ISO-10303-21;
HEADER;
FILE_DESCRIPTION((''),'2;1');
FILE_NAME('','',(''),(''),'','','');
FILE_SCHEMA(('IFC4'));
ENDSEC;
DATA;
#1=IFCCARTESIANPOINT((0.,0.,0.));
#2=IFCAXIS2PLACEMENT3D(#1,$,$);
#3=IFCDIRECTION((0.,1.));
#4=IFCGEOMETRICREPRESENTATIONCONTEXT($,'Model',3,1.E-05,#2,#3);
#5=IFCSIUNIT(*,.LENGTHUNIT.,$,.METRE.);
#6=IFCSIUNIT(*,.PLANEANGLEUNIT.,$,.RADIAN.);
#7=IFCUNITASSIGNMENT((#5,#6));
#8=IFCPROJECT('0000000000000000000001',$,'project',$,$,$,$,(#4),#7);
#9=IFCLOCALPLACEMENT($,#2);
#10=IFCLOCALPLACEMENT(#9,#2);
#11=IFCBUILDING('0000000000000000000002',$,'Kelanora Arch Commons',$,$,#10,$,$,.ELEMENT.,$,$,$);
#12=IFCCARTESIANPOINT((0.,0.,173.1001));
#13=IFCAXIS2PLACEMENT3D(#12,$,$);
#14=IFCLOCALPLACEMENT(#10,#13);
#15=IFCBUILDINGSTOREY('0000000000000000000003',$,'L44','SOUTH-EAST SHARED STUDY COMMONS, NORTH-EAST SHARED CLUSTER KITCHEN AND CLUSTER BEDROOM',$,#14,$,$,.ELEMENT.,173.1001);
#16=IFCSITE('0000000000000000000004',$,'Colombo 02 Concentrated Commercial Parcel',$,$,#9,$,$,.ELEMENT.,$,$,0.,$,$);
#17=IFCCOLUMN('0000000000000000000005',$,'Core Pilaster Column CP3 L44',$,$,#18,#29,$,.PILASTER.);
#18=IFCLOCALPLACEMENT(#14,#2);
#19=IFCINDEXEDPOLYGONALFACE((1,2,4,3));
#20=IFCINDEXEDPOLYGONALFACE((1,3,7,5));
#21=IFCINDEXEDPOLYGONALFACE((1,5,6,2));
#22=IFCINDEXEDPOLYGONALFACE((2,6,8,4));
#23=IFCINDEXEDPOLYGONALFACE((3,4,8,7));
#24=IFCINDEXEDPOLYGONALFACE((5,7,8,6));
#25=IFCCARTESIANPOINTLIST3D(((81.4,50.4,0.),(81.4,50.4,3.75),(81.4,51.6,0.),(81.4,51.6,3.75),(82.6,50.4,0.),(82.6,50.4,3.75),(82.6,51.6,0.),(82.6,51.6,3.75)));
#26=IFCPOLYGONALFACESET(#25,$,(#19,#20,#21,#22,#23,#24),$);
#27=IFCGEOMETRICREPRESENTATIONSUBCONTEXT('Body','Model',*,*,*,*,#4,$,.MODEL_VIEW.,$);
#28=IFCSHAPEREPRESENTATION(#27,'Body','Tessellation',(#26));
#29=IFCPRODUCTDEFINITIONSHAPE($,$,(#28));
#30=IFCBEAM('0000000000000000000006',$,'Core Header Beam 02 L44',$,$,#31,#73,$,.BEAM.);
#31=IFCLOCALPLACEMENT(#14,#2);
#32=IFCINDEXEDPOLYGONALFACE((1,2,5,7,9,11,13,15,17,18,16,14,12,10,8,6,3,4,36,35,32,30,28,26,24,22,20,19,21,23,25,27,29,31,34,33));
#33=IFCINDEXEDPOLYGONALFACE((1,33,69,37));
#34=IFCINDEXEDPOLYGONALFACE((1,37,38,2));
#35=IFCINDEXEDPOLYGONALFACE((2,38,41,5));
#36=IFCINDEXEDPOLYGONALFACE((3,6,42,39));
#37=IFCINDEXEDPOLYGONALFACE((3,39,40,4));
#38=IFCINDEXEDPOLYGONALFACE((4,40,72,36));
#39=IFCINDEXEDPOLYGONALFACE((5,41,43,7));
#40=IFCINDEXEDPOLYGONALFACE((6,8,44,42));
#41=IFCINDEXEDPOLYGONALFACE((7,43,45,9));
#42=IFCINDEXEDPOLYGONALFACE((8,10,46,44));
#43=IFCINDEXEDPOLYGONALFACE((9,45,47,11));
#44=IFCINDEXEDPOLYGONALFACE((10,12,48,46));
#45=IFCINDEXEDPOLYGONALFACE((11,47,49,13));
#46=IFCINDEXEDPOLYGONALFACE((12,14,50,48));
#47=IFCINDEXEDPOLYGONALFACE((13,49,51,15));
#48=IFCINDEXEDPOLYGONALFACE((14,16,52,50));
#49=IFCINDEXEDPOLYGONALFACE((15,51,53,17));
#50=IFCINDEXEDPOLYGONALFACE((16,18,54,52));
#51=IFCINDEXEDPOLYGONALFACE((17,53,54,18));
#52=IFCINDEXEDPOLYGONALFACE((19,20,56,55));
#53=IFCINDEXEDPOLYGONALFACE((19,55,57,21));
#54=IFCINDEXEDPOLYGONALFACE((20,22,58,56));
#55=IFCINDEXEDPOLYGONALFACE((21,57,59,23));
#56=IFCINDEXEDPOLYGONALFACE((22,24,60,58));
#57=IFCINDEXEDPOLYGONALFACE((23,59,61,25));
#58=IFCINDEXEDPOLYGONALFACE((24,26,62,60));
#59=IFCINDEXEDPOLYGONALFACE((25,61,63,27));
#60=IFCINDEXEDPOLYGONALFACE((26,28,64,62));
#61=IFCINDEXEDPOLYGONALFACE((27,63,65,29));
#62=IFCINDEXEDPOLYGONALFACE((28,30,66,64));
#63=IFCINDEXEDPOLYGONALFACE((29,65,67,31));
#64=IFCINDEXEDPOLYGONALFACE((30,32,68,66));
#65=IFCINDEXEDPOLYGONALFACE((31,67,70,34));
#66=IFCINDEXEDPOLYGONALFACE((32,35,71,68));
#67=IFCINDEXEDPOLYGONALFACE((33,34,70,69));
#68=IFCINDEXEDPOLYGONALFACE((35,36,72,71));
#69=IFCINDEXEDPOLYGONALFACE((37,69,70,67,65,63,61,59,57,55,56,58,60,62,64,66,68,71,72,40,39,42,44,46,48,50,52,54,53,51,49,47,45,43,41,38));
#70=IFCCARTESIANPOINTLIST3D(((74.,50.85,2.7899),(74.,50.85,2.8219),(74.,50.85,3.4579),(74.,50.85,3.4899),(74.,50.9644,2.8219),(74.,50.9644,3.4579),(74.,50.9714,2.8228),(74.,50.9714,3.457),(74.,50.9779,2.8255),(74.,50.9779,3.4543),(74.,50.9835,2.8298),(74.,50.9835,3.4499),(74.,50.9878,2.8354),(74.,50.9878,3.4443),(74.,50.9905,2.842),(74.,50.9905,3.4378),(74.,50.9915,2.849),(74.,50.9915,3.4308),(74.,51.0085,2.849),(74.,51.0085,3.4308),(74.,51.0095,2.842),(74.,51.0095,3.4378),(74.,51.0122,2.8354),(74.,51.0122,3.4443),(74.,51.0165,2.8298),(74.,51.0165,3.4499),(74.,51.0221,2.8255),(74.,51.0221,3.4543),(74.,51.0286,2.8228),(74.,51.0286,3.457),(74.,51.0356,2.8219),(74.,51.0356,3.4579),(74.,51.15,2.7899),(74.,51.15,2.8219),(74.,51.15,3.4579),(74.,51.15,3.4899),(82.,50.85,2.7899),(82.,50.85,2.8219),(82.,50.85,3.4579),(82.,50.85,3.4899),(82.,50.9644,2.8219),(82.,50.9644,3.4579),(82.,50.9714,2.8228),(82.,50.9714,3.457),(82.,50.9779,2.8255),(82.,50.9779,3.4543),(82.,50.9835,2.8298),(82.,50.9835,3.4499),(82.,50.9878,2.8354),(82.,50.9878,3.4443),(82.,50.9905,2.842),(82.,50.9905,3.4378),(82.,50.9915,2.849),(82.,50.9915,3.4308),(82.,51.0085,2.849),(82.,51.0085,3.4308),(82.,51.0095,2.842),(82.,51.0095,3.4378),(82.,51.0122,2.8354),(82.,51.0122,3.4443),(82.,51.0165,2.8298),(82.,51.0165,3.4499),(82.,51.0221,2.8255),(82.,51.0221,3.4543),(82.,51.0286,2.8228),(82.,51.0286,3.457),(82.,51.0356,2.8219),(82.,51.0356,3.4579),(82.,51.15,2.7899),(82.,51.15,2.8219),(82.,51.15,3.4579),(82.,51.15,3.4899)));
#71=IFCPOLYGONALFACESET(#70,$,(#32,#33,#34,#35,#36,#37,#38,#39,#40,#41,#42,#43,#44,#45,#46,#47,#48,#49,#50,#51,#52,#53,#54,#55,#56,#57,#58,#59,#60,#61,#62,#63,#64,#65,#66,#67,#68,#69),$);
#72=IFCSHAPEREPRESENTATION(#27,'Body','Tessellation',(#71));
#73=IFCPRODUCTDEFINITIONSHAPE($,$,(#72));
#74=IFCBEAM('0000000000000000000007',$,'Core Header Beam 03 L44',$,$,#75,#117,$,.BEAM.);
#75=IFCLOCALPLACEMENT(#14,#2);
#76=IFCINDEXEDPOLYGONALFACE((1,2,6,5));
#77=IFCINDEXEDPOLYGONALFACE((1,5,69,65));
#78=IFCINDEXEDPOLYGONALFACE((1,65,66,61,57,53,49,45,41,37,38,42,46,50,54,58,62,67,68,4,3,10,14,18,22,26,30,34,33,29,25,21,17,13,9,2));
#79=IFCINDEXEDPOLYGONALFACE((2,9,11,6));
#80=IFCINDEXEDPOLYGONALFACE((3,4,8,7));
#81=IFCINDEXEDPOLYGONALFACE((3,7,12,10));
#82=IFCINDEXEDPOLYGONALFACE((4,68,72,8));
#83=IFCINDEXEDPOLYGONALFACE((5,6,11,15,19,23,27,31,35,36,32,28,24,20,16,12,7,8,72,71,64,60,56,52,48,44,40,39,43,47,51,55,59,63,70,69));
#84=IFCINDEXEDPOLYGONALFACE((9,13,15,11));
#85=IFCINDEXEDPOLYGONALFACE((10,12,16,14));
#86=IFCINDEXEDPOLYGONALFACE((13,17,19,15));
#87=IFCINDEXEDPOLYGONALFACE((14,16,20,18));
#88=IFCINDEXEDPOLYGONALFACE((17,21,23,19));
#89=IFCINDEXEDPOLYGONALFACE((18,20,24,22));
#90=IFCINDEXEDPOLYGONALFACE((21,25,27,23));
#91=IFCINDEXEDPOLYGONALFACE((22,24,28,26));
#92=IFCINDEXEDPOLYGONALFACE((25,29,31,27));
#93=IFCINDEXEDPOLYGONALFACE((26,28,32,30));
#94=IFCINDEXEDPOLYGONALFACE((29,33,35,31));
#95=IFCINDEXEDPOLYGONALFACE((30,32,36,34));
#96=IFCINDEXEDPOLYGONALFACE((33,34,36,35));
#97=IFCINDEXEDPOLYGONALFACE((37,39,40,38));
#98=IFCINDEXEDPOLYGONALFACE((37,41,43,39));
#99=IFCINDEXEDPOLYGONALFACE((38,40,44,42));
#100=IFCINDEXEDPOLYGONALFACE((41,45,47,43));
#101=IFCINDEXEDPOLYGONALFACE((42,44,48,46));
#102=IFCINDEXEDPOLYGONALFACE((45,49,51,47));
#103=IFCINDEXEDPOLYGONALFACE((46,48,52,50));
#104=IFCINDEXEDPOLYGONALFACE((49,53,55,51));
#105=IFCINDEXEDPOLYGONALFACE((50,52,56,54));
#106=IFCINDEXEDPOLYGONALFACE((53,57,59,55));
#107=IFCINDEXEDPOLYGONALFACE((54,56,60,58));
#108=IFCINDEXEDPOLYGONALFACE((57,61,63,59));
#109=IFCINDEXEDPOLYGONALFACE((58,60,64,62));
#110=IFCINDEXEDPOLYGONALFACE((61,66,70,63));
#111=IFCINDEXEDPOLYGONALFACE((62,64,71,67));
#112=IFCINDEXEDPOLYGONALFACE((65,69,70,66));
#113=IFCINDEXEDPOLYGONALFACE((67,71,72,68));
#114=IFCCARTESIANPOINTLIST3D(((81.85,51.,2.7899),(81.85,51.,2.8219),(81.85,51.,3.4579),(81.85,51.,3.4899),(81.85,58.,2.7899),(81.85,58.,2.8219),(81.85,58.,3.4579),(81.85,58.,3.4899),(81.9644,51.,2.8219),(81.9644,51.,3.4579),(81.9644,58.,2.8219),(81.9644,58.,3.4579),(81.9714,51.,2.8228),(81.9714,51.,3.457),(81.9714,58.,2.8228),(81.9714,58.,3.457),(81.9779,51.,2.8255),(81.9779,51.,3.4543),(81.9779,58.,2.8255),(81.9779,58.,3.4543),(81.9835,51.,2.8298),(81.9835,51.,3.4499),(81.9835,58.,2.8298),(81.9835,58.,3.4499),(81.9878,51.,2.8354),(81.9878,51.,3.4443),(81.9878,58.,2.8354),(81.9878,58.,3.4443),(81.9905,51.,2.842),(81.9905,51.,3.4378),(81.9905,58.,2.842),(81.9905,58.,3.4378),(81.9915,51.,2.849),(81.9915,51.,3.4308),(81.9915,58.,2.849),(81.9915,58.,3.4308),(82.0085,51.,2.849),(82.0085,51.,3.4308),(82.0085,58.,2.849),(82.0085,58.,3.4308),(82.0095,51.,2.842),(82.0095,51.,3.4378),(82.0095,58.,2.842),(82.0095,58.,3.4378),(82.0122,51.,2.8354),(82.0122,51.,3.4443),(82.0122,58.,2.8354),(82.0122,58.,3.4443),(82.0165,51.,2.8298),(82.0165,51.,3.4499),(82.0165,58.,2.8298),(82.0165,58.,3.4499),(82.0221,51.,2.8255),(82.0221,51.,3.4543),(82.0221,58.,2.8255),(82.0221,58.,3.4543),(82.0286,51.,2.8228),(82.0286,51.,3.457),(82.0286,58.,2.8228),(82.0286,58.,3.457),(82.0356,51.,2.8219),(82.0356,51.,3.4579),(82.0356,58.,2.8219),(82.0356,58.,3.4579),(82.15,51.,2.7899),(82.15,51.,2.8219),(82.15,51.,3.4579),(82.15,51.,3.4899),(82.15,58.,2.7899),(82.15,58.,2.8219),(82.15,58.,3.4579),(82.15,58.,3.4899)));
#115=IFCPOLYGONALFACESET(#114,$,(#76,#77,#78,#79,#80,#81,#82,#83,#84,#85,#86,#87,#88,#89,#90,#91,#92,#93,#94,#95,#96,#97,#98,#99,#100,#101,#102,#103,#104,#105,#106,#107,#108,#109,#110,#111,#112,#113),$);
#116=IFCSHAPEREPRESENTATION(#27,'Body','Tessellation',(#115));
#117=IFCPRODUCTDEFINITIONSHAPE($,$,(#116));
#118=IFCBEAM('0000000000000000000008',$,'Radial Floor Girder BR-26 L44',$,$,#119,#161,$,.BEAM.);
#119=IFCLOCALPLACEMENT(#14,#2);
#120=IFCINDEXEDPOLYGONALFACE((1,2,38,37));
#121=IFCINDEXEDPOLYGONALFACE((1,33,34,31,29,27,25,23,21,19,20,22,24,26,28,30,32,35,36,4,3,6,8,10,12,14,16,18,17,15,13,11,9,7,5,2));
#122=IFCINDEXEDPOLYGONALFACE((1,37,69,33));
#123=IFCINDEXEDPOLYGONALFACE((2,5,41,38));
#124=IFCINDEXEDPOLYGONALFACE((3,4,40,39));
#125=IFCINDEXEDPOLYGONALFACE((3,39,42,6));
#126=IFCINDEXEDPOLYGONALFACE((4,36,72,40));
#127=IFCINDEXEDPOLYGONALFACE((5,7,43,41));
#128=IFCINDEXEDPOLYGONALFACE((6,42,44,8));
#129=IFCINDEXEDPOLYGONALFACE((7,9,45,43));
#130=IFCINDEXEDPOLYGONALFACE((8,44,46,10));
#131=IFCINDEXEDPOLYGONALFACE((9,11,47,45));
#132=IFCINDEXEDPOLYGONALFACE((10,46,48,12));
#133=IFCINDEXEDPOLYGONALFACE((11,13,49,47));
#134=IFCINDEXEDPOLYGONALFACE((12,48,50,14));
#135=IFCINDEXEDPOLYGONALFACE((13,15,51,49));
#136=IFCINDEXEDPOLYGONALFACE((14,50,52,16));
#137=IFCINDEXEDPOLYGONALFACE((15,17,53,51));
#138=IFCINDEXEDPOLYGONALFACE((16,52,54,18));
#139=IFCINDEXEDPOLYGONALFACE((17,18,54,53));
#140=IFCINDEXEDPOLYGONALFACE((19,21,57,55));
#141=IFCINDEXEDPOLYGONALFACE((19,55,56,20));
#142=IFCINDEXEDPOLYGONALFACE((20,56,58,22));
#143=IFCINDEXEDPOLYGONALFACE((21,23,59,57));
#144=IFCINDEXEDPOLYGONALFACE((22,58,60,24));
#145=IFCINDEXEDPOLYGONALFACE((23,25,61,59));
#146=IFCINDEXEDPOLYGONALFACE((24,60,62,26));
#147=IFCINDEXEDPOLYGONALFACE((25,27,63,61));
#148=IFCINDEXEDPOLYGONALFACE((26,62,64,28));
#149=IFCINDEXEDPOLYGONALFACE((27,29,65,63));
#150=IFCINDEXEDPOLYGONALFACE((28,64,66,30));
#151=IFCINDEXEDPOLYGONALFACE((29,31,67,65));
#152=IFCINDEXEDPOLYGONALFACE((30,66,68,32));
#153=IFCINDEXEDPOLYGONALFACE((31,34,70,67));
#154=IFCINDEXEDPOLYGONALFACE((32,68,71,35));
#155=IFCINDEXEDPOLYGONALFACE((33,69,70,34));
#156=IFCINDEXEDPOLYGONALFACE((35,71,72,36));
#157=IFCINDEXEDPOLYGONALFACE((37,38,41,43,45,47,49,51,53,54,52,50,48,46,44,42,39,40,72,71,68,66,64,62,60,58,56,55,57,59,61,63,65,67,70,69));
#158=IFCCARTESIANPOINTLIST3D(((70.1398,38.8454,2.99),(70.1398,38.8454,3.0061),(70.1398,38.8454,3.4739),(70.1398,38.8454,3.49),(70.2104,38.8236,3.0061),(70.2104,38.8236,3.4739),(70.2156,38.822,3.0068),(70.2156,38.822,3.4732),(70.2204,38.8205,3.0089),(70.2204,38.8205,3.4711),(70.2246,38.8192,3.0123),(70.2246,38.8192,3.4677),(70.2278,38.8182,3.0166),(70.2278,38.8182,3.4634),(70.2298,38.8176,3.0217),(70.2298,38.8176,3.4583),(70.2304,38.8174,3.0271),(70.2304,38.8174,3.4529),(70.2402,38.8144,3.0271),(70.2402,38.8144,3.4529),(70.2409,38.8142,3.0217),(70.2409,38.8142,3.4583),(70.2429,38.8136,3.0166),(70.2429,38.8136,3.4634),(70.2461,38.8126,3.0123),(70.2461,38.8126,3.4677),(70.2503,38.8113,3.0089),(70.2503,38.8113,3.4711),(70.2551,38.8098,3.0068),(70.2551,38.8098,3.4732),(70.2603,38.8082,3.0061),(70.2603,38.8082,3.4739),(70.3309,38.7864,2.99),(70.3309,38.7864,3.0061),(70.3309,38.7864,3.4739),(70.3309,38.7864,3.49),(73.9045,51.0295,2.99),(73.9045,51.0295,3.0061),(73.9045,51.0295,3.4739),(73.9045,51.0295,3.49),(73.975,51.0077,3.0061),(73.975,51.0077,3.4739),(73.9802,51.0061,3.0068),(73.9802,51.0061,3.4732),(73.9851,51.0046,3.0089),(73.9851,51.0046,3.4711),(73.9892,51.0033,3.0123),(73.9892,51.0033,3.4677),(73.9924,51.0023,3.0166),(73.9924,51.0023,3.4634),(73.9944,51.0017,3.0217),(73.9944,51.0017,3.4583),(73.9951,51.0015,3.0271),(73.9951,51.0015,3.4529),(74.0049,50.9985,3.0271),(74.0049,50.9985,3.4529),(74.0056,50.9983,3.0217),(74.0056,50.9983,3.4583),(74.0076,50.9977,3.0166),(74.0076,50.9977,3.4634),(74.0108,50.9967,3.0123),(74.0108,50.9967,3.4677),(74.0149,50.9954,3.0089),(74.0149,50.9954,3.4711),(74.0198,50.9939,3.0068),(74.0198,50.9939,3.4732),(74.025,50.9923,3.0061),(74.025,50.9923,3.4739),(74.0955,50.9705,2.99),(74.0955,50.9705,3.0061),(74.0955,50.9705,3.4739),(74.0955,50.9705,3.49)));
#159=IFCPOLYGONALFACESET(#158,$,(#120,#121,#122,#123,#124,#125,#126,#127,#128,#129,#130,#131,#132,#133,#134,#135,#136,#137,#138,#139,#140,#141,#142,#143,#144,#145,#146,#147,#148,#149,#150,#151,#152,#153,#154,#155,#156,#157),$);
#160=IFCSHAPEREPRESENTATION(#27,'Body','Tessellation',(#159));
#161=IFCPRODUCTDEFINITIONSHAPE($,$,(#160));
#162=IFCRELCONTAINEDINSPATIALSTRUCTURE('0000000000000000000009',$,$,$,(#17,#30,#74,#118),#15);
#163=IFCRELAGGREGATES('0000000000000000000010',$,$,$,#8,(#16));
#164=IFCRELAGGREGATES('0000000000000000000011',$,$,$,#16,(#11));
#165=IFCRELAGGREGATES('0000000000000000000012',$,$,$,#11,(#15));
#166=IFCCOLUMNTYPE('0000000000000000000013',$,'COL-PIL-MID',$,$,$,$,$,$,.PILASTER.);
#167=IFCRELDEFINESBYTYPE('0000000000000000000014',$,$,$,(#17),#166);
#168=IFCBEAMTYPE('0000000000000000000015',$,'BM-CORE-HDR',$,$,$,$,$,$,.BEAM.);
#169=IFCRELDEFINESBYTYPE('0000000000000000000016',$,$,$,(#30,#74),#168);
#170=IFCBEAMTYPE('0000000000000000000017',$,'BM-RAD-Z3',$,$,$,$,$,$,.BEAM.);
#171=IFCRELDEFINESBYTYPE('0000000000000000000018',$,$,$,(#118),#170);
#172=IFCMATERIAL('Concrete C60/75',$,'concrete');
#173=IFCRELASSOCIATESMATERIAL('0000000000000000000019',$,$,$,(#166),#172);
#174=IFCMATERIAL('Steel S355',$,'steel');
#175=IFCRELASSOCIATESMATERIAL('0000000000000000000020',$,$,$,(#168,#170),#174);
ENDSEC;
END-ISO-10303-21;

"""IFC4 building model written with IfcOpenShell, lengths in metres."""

from ifc_helpers import new_model, si_unit, direction, frame, origin, origin_2d, place, context, subcontext, project, spatial, rectangle, i_section, extrude, material, material_profile, profile_set, type_object, element, save


model = new_model("IFC4")

# Units and contexts
model_context = context("Model", 3, precision=1e-05, world=origin(), true_north=direction((0.0, 1.0)))
body_context = subcontext(model_context, "Body", "Model", "MODEL_VIEW")
ifc_project = project(units=[si_unit("LENGTHUNIT", "METRE"), si_unit("PLANEANGLEUNIT", "RADIAN")], contexts=[model_context])

# Site, building, storey
site_placement = place(None, origin())
site = spatial("IfcSite", under=ifc_project, at=site_placement, Name="Colombo 02 Concentrated Commercial Parcel", CompositionType="ELEMENT", RefElevation=0.0)
building_placement = place(site_placement, origin())
building = spatial("IfcBuilding", under=site, at=building_placement, Name="Kelanora Arch Commons", CompositionType="ELEMENT")
storey_placement = place(building_placement, frame((0.0, 0.0, 173.1001)))
storey = spatial("IfcBuildingStorey", under=building, at=storey_placement, Name="L44", Description="SOUTH-EAST SHARED STUDY COMMONS, NORTH-EAST SHARED CLUSTER KITCHEN AND CLUSTER BEDROOM", CompositionType="ELEMENT", Elevation=173.1001)

# Column
ifc_material_1 = material(Name="Concrete C60/75", Category="concrete")
ifc_material_profile_1 = material_profile(ifc_material_1, rectangle(XDim=1.2, YDim=1.2, at=origin_2d()), Name="RC1200x1200")
ifc_profile_set_1 = profile_set([ifc_material_profile_1], Name="Concrete C60/75")
column_type = type_object("IfcColumnType", Name="COL-PIL-MID", PredefinedType="PILASTER", material=ifc_profile_set_1)
column_placement = place(storey_placement, frame((82.0, 51.0, 0.0), z_axis=(0.0, 0.0, 1.0), x_axis=(1.0, 0.0, 0.0)))
element("IfcColumn", 1, at=column_placement, inside=storey, type_object=column_type, Name="Core Pilaster Column CP3 L44", PredefinedType="PILASTER", context=body_context, shape_type="SweptSolid", body=[
    extrude(rectangle(XDim=1.2, YDim=1.2, at=origin_2d()), origin(), (0.0, 0.0, 1.0), 3.75),
])

# Beams
ifc_material_2 = material(Name="Steel S355", Category="steel")
ifc_material_profile_2 = material_profile(ifc_material_2, i_section(OverallWidth=0.3, OverallDepth=0.7, WebThickness=0.0171, FlangeThickness=0.032, FilletRadius=0.0271, at=origin_2d()), Name="HEB700")
ifc_profile_set_2 = profile_set([ifc_material_profile_2], Name="Steel S355")
beam_type_1 = type_object("IfcBeamType", Name="BM-CORE-HDR", PredefinedType="BEAM", material=ifc_profile_set_2)
beam_1_placement = place(storey_placement, frame((74.0, 51.0, 3.1399), z_axis=(1.0, 0.0, 0.0), x_axis=(0.0, 1.0, 0.0)))
element("IfcBeam", 2, at=beam_1_placement, inside=storey, type_object=beam_type_1, Name="Core Header Beam 02 L44", PredefinedType="BEAM", context=body_context, shape_type="SweptSolid", body=[
    extrude(i_section(OverallWidth=0.3, OverallDepth=0.7, WebThickness=0.0171, FlangeThickness=0.032, FilletRadius=0.0271, at=origin_2d()), origin(), (0.0, 0.0, 1.0), 8.0),
])
beam_2_placement = place(storey_placement, frame((82.0, 51.0, 3.1399), z_axis=(0.0, 1.0, 0.0), x_axis=(-1.0, 0.0, 0.0)))
element("IfcBeam", 3, at=beam_2_placement, inside=storey, type_object=beam_type_1, Name="Core Header Beam 03 L44", PredefinedType="BEAM", context=body_context, shape_type="SweptSolid", body=[
    extrude(i_section(OverallWidth=0.3, OverallDepth=0.7, WebThickness=0.0171, FlangeThickness=0.032, FilletRadius=0.0271, at=origin_2d()), origin(), (0.0, 0.0, 1.0), 7.0),
])
ifc_material_profile_3 = material_profile(ifc_material_2, i_section(OverallWidth=0.2, OverallDepth=0.5, WebThickness=0.0103, FlangeThickness=0.0161, FilletRadius=0.021, at=origin_2d()), Name="IPE500")
ifc_profile_set_3 = profile_set([ifc_material_profile_3], Name="Steel S355")
beam_type_2 = type_object("IfcBeamType", Name="BM-RAD-Z3", PredefinedType="BEAM", material=ifc_profile_set_3)
for number, where, z_axis, x_axis, name in (
    (4, (74.0, 51.0, 3.24), (-0.29521, -0.955432, 0.0), (0.955432, -0.29521, 0.0), "Radial Floor Girder BR-26 L44"),
):
    element("IfcBeam", number, at=place(storey_placement, frame(where, z_axis=z_axis, x_axis=x_axis)), inside=storey, type_object=beam_type_2, Name=name, PredefinedType="BEAM", context=body_context, shape_type="SweptSolid", body=[
        extrude(i_section(OverallWidth=0.2, OverallDepth=0.5, WebThickness=0.0103, FlangeThickness=0.0161, FilletRadius=0.021, at=origin_2d()), origin(), (0.0, 0.0, 1.0), 12.7524),
    ])

save(model, "model.ifc")
